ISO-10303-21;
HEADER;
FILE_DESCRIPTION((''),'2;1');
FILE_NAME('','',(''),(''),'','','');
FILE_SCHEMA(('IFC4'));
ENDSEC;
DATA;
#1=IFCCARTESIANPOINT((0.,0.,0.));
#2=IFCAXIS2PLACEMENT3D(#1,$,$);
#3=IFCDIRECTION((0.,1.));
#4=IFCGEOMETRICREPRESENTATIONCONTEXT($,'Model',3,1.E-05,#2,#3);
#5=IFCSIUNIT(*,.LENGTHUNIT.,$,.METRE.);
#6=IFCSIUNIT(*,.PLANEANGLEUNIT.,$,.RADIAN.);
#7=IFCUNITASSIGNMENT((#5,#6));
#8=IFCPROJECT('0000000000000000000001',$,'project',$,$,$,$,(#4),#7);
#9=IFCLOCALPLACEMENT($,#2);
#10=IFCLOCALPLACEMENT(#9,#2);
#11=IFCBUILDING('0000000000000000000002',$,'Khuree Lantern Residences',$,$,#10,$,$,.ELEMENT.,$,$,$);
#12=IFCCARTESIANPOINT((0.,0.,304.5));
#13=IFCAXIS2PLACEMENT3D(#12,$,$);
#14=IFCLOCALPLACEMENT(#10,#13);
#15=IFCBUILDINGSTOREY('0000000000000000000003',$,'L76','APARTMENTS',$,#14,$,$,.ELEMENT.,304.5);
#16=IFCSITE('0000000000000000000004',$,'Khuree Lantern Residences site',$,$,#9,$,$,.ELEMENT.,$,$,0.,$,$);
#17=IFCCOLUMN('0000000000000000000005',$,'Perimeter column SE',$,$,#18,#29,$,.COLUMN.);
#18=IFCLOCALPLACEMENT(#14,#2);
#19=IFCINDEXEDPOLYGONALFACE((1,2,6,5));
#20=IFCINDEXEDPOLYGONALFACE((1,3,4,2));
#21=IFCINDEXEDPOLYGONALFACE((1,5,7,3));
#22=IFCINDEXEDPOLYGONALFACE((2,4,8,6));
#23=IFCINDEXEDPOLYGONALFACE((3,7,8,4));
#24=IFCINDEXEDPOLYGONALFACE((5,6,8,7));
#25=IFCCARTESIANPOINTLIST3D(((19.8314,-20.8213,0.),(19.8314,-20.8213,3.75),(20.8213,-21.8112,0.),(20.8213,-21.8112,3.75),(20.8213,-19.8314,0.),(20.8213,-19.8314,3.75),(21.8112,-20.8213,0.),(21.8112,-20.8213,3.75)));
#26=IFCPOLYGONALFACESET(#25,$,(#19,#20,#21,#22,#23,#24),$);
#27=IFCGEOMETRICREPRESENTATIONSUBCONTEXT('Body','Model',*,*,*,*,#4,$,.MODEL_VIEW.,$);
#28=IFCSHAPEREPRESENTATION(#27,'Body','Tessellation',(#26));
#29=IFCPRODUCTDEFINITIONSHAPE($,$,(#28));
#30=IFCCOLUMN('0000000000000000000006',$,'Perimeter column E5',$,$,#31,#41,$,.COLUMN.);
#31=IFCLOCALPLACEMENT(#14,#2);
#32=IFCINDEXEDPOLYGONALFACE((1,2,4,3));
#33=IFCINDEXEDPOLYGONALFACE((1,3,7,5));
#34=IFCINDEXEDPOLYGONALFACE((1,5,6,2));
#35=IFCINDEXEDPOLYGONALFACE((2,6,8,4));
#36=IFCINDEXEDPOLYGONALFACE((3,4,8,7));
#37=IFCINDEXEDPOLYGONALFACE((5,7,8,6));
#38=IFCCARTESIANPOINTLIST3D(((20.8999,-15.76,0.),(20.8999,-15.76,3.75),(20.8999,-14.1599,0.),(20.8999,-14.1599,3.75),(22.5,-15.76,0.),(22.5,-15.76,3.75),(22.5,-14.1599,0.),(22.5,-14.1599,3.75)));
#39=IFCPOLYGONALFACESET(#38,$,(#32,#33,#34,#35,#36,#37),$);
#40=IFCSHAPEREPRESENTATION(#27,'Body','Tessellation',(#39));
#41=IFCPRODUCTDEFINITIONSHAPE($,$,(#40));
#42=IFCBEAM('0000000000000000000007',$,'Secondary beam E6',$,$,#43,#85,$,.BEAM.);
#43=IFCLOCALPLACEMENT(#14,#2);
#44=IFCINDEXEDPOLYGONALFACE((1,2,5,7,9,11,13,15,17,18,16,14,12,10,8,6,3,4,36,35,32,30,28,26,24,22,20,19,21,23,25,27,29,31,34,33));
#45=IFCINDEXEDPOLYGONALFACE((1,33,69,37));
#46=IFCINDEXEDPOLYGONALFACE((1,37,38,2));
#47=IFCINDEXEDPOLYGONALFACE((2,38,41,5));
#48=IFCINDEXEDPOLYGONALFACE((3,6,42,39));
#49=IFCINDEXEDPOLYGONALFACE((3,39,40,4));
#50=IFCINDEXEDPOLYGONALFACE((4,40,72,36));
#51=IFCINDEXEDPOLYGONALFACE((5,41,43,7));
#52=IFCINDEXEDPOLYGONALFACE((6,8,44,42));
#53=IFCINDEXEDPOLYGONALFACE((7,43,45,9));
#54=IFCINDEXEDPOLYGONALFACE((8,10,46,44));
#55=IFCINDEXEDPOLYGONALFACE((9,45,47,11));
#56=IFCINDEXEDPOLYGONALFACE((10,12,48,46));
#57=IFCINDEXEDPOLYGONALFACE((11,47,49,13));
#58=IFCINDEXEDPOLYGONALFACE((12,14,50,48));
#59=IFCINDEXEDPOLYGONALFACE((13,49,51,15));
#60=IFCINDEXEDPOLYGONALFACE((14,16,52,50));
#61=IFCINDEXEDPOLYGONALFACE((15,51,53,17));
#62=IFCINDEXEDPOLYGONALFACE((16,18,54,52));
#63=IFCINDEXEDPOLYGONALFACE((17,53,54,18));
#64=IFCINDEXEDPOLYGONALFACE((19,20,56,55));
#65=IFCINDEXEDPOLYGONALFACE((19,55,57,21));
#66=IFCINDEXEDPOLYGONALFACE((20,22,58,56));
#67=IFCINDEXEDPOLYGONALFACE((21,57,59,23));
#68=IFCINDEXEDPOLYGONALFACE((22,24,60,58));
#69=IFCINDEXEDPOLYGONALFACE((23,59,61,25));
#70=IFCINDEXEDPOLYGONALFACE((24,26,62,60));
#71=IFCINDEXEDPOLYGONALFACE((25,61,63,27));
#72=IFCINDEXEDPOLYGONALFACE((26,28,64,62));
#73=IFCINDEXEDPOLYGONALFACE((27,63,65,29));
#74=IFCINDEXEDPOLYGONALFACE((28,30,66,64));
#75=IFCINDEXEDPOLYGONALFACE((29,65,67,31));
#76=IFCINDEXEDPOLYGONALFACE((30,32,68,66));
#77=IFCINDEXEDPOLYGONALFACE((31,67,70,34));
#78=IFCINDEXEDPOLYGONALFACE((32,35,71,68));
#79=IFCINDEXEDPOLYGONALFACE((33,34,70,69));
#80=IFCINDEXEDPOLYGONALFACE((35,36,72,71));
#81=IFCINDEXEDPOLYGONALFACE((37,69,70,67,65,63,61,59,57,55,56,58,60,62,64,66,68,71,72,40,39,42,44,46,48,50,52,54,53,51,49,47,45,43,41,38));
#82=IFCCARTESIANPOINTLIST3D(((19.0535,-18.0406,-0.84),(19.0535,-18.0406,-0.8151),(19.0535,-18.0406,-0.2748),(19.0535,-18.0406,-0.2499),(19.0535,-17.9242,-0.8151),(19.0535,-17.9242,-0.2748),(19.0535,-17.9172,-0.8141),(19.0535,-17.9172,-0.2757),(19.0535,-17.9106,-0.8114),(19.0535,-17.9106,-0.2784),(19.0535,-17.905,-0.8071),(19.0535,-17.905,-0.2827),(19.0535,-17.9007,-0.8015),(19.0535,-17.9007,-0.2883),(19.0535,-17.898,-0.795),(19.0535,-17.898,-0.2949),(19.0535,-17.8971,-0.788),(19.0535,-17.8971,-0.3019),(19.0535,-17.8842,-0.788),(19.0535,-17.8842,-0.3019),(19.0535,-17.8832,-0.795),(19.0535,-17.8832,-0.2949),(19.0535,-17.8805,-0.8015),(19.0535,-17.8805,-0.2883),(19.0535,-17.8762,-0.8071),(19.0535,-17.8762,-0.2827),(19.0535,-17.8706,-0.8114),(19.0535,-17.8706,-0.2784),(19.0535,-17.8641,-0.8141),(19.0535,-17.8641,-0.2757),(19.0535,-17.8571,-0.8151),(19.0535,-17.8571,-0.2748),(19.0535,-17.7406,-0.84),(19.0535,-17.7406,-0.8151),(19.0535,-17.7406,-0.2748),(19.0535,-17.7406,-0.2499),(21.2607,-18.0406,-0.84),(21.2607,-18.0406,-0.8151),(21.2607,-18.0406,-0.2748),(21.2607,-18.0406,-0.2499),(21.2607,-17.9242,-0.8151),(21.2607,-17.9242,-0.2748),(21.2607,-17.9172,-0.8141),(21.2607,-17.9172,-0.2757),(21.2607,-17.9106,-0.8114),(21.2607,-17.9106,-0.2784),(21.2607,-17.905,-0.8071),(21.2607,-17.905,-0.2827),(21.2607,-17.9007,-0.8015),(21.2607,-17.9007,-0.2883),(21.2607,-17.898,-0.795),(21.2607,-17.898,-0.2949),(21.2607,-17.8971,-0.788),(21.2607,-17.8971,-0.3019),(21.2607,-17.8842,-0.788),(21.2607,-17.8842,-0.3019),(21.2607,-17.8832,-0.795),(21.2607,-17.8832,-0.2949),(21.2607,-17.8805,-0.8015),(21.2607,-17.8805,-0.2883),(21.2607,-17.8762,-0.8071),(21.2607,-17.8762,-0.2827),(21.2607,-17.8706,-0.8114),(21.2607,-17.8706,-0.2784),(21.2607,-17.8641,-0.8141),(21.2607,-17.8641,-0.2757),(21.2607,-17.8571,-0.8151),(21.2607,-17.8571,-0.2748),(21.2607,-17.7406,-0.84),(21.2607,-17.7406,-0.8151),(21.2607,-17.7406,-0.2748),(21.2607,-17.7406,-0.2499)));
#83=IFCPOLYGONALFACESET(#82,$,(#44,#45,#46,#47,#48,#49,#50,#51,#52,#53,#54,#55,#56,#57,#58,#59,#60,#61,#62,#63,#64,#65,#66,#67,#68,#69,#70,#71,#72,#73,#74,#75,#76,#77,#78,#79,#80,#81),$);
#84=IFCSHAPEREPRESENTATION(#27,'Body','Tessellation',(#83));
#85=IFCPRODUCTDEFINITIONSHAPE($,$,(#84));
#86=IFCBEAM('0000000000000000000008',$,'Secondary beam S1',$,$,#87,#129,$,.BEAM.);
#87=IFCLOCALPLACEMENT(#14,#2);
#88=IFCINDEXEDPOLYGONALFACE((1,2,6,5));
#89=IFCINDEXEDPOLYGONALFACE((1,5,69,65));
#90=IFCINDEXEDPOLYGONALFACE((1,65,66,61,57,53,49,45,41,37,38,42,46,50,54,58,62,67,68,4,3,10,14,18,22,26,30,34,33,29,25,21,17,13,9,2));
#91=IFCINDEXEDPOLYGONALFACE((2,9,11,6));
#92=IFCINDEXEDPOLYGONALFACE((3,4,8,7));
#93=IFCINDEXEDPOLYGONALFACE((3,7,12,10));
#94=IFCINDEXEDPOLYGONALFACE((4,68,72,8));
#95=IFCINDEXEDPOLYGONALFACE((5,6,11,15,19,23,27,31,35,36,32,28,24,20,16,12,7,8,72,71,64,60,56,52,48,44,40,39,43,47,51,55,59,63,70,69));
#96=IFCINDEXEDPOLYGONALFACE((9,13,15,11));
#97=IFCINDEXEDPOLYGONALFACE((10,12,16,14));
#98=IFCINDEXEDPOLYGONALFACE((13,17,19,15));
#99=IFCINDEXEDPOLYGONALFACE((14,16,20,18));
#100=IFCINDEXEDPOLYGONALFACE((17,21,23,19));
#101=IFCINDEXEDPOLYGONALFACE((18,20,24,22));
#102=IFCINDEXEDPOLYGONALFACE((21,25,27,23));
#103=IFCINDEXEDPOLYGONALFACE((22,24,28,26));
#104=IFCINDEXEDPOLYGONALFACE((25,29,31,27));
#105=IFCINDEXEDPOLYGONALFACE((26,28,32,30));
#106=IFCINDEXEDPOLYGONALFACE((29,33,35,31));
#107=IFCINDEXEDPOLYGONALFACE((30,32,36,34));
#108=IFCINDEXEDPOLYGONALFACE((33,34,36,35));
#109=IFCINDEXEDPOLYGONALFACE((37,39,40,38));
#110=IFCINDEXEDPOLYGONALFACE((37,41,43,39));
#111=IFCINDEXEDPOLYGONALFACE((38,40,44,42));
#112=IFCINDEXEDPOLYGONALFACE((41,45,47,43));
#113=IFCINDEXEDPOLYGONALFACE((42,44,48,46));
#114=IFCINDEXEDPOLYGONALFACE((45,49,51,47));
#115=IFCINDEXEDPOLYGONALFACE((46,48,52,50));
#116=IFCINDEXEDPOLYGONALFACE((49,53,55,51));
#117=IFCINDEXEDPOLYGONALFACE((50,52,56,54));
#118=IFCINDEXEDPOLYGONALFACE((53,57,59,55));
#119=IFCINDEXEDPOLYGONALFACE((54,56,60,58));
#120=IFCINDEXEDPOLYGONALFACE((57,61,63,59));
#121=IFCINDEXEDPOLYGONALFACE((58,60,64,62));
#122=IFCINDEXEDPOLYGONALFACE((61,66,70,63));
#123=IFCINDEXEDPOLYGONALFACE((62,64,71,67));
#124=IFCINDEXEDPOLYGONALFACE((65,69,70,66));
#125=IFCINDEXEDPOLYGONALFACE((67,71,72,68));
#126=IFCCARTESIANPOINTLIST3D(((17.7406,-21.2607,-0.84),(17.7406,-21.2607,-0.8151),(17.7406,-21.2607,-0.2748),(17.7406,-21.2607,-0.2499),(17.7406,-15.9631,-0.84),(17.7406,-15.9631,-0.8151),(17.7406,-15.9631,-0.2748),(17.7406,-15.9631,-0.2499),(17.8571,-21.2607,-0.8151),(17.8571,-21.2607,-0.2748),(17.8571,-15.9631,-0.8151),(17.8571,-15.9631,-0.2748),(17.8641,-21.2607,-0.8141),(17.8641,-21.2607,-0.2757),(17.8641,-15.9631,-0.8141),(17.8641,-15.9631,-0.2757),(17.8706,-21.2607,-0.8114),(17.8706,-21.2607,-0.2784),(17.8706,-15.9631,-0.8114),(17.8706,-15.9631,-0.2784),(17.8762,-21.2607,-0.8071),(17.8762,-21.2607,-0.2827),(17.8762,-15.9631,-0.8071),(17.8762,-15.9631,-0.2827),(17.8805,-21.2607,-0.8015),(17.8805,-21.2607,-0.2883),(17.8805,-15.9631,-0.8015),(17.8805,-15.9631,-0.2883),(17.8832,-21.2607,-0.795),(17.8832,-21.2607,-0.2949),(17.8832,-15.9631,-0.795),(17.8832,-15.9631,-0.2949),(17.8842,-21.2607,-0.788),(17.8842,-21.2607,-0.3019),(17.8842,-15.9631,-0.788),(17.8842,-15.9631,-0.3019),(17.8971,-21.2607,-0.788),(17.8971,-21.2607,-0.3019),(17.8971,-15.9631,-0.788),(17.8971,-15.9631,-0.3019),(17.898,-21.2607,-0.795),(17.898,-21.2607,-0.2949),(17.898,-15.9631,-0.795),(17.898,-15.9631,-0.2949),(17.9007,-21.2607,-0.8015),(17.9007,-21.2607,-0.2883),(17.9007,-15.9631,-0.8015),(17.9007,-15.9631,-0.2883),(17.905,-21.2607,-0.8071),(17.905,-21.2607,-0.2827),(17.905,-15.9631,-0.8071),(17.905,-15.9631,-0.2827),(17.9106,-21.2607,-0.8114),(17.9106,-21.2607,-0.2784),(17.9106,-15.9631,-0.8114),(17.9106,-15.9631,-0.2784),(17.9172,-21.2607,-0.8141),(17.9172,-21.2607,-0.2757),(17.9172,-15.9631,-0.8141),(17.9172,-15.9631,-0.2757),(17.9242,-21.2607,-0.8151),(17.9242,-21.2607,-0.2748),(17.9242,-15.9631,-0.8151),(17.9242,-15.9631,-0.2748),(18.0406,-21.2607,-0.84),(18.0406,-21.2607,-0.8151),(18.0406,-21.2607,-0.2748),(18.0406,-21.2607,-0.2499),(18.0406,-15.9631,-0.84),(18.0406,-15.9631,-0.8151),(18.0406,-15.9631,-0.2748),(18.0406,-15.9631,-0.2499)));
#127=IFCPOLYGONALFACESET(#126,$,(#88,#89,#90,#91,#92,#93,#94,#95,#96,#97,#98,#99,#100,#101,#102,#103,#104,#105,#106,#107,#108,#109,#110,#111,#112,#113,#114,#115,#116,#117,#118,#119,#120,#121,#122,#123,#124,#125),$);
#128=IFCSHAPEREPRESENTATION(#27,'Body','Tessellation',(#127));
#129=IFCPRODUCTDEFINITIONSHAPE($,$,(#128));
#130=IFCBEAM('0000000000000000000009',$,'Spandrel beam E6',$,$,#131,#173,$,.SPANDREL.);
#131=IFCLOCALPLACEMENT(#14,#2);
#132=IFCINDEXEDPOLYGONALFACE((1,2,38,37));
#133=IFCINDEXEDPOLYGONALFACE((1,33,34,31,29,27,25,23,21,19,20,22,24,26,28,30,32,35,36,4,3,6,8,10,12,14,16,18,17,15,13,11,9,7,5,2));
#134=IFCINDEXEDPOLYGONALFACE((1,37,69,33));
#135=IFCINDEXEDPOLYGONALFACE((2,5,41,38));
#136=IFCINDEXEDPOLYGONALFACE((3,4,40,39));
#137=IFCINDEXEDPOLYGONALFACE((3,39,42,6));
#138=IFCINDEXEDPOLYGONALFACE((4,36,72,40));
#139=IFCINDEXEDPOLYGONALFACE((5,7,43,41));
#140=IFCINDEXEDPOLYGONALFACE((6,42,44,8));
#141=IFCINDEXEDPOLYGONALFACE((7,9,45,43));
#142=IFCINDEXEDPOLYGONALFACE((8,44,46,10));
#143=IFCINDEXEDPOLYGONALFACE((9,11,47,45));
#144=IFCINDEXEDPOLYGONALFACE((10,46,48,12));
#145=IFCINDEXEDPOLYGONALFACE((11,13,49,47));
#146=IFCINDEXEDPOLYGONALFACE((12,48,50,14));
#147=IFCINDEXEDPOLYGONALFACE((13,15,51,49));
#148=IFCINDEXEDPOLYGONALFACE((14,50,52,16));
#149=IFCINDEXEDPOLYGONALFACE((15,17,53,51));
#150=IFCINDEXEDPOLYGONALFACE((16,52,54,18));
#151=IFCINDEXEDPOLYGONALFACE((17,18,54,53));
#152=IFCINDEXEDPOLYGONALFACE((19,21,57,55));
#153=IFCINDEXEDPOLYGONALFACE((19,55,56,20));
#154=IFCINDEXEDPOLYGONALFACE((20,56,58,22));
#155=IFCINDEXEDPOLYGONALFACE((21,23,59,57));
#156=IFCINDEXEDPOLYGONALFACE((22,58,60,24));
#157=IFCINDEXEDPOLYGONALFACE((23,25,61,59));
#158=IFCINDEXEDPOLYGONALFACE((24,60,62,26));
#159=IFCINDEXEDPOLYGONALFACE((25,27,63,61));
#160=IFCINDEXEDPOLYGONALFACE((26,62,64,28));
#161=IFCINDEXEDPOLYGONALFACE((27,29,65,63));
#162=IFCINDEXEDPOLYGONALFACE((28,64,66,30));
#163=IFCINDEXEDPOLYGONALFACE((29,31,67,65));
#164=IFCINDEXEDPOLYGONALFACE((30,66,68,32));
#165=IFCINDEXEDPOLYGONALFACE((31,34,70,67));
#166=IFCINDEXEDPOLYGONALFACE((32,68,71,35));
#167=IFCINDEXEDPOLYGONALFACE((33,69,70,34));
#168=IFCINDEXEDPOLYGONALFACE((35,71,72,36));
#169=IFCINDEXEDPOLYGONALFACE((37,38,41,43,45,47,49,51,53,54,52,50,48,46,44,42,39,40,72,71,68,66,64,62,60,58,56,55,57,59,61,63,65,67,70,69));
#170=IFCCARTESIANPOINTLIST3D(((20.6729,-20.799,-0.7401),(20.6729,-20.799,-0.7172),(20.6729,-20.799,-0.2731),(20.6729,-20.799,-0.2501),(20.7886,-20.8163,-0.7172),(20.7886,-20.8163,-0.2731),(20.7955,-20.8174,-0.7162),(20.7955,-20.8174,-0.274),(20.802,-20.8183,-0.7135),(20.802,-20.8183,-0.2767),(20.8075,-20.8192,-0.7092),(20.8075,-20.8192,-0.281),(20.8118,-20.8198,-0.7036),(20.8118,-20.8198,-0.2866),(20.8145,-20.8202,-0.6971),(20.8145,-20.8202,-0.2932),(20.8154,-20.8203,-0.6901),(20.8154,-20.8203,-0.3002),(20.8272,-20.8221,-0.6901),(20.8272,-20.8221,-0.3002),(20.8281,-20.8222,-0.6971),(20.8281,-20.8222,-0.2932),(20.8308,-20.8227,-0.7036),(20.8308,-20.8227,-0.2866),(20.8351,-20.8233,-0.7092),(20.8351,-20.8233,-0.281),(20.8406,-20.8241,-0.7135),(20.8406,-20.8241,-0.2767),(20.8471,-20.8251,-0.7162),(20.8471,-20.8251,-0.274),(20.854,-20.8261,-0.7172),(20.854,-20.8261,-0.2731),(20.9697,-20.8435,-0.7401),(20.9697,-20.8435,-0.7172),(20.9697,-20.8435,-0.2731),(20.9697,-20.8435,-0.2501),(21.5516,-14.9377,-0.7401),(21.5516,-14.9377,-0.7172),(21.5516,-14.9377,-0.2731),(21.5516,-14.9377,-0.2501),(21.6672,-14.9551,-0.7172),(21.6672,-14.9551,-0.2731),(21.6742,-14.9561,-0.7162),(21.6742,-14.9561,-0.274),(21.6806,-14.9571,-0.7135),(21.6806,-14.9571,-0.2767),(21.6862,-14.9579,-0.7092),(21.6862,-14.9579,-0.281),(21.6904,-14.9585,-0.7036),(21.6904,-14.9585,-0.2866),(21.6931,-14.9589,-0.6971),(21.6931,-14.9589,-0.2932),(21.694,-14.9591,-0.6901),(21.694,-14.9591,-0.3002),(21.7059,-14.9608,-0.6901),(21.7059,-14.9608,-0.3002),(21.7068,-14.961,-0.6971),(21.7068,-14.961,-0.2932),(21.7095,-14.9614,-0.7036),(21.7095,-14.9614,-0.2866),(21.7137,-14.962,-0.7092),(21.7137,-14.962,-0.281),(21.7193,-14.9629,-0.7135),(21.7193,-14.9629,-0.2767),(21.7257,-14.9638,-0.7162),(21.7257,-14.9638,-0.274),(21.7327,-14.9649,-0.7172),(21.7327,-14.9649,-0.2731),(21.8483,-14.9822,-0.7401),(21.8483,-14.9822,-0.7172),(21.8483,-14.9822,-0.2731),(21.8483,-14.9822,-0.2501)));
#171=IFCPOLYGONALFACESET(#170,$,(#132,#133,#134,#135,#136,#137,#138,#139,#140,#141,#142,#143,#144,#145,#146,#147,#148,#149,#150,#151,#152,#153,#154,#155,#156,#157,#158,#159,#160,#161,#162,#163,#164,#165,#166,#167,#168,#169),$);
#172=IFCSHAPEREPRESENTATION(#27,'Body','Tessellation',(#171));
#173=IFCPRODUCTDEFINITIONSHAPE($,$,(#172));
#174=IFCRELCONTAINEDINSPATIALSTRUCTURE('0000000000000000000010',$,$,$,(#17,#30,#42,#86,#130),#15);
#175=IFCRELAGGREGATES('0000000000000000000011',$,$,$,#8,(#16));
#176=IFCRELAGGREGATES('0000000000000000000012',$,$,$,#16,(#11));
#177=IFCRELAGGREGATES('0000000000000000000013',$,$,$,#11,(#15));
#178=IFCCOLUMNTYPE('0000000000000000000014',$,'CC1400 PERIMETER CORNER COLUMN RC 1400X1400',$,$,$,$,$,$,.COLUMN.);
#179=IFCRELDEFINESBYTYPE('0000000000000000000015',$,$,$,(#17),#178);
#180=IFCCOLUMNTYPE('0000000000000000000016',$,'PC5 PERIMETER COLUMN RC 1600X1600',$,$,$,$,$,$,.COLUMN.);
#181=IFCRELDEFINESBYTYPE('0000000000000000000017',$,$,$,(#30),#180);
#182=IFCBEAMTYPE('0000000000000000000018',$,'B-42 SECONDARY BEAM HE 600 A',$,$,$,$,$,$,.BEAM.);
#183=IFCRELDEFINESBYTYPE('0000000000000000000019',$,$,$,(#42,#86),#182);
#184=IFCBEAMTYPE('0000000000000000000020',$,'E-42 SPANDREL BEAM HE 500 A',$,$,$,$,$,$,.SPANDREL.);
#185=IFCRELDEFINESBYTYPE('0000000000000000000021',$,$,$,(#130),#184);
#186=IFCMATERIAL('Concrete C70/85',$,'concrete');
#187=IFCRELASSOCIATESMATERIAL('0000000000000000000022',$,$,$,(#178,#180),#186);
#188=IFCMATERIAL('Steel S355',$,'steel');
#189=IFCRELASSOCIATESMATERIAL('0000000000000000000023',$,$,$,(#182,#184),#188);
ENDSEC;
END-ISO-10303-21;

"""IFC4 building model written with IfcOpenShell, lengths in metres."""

from ifc_helpers import new_model, si_unit, direction, frame, origin, origin_2d, place, context, subcontext, project, spatial, rectangle, i_section, extrude, material, material_profile, profile_set, type_object, element, save


model = new_model("IFC4")

# Units and contexts
model_context = context("Model", 3, precision=1e-05, world=origin(), true_north=direction((0.0, 1.0)))
body_context = subcontext(model_context, "Body", "Model", "MODEL_VIEW")
ifc_project = project(units=[si_unit("LENGTHUNIT", "METRE"), si_unit("PLANEANGLEUNIT", "RADIAN")], contexts=[model_context])

# Site, building, storey
site_placement = place(None, origin())
site = spatial("IfcSite", under=ifc_project, at=site_placement, Name="Khuree Lantern Residences site", CompositionType="ELEMENT", RefElevation=0.0)
building_placement = place(site_placement, origin())
building = spatial("IfcBuilding", under=site, at=building_placement, Name="Khuree Lantern Residences", CompositionType="ELEMENT")
storey_placement = place(building_placement, frame((0.0, 0.0, 304.5)))
storey = spatial("IfcBuildingStorey", under=building, at=storey_placement, Name="L76", Description="APARTMENTS", CompositionType="ELEMENT", Elevation=304.5)

# Columns
ifc_material_1 = material(Name="Concrete C70/85", Category="concrete")
ifc_material_profile_1 = material_profile(ifc_material_1, rectangle(XDim=1.3999, YDim=1.3999, at=origin_2d()), Name="RC 1400X1400")
ifc_profile_set_1 = profile_set([ifc_material_profile_1], Name="Concrete C70/85")
column_type_1 = type_object("IfcColumnType", Name="CC1400 PERIMETER CORNER COLUMN RC 1400X1400", PredefinedType="COLUMN", material=ifc_profile_set_1)
column_1_placement = place(storey_placement, frame((20.8213, -20.8213, 0.0), z_axis=(0.0, 0.0, 1.0), x_axis=(0.707107, 0.707107, 0.0)))
element("IfcColumn", 1, at=column_1_placement, inside=storey, type_object=column_type_1, Name="Perimeter column SE", PredefinedType="COLUMN", context=body_context, shape_type="SweptSolid", body=[
    extrude(rectangle(XDim=1.3999, YDim=1.3999, at=origin_2d()), origin(), (0.0, 0.0, 1.0), 3.75),
])
ifc_material_profile_2 = material_profile(ifc_material_1, rectangle(XDim=1.6001, YDim=1.6001, at=origin_2d()), Name="RC 1600X1600")
ifc_profile_set_2 = profile_set([ifc_material_profile_2], Name="Concrete C70/85")
column_type_2 = type_object("IfcColumnType", Name="PC5 PERIMETER COLUMN RC 1600X1600", PredefinedType="COLUMN", material=ifc_profile_set_2)
column_2_placement = place(storey_placement, frame((21.7, -14.96, 0.0), z_axis=(0.0, 0.0, 1.0), x_axis=(0.0, 1.0, 0.0)))
element("IfcColumn", 2, at=column_2_placement, inside=storey, type_object=column_type_2, Name="Perimeter column E5", PredefinedType="COLUMN", context=body_context, shape_type="SweptSolid", body=[
    extrude(rectangle(XDim=1.6001, YDim=1.6001, at=origin_2d()), origin(), (0.0, 0.0, 1.0), 3.75),
])

# Beams
ifc_material_2 = material(Name="Steel S355", Category="steel")
ifc_material_profile_3 = material_profile(ifc_material_2, i_section(OverallWidth=0.3, OverallDepth=0.5901, WebThickness=0.0129, FlangeThickness=0.0249, FilletRadius=0.0271, at=origin_2d()), Name="HE 600 A")
ifc_profile_set_3 = profile_set([ifc_material_profile_3], Name="Steel S355")
beam_type_1 = type_object("IfcBeamType", Name="B-42 SECONDARY BEAM HE 600 A", PredefinedType="BEAM", material=ifc_profile_set_3)
beam_1_placement = place(storey_placement, frame((21.2607, -17.8906, -0.5449), z_axis=(-1.0, 0.0, 0.0), x_axis=(0.0, -1.0, 0.0)))
element("IfcBeam", 3, at=beam_1_placement, inside=storey, type_object=beam_type_1, Name="Secondary beam E6", PredefinedType="BEAM", context=body_context, shape_type="SweptSolid", body=[
    extrude(i_section(OverallWidth=0.3, OverallDepth=0.5901, WebThickness=0.0129, FlangeThickness=0.0249, FilletRadius=0.0271, at=origin_2d()), origin(), (0.0, 0.0, 1.0), 2.2073),
])
beam_2_placement = place(storey_placement, frame((17.8906, -21.2607, -0.5449), z_axis=(0.0, 1.0, 0.0), x_axis=(-1.0, 0.0, 0.0)))
element("IfcBeam", 4, at=beam_2_placement, inside=storey, type_object=beam_type_1, Name="Secondary beam S1", PredefinedType="BEAM", context=body_context, shape_type="SweptSolid", body=[
    extrude(i_section(OverallWidth=0.3, OverallDepth=0.5901, WebThickness=0.0129, FlangeThickness=0.0249, FilletRadius=0.0271, at=origin_2d()), origin(), (0.0, 0.0, 1.0), 5.2976),
])
ifc_material_profile_4 = material_profile(ifc_material_2, i_section(OverallWidth=0.3, OverallDepth=0.49, WebThickness=0.012, FlangeThickness=0.0229, FilletRadius=0.0271, at=origin_2d()), Name="HE 500 A")
ifc_profile_set_4 = profile_set([ifc_material_profile_4], Name="Steel S355")
beam_type_2 = type_object("IfcBeamType", Name="E-42 SPANDREL BEAM HE 500 A", PredefinedType="SPANDREL", material=ifc_profile_set_4)
for number, where, z_axis, x_axis, name in (
    (5, (21.7, -14.96, -0.4951), (-0.148252, -0.98895, 0.0), (0.98895, -0.148252, 0.0), "Spandrel beam E6"),
):
    element("IfcBeam", number, at=place(storey_placement, frame(where, z_axis=z_axis, x_axis=x_axis)), inside=storey, type_object=beam_type_2, Name=name, PredefinedType="SPANDREL", context=body_context, shape_type="SweptSolid", body=[
        extrude(i_section(OverallWidth=0.3, OverallDepth=0.49, WebThickness=0.012, FlangeThickness=0.0229, FilletRadius=0.0271, at=origin_2d()), origin(), (0.0, 0.0, 1.0), 5.9268),
    ])

save(model, "model.ifc")
